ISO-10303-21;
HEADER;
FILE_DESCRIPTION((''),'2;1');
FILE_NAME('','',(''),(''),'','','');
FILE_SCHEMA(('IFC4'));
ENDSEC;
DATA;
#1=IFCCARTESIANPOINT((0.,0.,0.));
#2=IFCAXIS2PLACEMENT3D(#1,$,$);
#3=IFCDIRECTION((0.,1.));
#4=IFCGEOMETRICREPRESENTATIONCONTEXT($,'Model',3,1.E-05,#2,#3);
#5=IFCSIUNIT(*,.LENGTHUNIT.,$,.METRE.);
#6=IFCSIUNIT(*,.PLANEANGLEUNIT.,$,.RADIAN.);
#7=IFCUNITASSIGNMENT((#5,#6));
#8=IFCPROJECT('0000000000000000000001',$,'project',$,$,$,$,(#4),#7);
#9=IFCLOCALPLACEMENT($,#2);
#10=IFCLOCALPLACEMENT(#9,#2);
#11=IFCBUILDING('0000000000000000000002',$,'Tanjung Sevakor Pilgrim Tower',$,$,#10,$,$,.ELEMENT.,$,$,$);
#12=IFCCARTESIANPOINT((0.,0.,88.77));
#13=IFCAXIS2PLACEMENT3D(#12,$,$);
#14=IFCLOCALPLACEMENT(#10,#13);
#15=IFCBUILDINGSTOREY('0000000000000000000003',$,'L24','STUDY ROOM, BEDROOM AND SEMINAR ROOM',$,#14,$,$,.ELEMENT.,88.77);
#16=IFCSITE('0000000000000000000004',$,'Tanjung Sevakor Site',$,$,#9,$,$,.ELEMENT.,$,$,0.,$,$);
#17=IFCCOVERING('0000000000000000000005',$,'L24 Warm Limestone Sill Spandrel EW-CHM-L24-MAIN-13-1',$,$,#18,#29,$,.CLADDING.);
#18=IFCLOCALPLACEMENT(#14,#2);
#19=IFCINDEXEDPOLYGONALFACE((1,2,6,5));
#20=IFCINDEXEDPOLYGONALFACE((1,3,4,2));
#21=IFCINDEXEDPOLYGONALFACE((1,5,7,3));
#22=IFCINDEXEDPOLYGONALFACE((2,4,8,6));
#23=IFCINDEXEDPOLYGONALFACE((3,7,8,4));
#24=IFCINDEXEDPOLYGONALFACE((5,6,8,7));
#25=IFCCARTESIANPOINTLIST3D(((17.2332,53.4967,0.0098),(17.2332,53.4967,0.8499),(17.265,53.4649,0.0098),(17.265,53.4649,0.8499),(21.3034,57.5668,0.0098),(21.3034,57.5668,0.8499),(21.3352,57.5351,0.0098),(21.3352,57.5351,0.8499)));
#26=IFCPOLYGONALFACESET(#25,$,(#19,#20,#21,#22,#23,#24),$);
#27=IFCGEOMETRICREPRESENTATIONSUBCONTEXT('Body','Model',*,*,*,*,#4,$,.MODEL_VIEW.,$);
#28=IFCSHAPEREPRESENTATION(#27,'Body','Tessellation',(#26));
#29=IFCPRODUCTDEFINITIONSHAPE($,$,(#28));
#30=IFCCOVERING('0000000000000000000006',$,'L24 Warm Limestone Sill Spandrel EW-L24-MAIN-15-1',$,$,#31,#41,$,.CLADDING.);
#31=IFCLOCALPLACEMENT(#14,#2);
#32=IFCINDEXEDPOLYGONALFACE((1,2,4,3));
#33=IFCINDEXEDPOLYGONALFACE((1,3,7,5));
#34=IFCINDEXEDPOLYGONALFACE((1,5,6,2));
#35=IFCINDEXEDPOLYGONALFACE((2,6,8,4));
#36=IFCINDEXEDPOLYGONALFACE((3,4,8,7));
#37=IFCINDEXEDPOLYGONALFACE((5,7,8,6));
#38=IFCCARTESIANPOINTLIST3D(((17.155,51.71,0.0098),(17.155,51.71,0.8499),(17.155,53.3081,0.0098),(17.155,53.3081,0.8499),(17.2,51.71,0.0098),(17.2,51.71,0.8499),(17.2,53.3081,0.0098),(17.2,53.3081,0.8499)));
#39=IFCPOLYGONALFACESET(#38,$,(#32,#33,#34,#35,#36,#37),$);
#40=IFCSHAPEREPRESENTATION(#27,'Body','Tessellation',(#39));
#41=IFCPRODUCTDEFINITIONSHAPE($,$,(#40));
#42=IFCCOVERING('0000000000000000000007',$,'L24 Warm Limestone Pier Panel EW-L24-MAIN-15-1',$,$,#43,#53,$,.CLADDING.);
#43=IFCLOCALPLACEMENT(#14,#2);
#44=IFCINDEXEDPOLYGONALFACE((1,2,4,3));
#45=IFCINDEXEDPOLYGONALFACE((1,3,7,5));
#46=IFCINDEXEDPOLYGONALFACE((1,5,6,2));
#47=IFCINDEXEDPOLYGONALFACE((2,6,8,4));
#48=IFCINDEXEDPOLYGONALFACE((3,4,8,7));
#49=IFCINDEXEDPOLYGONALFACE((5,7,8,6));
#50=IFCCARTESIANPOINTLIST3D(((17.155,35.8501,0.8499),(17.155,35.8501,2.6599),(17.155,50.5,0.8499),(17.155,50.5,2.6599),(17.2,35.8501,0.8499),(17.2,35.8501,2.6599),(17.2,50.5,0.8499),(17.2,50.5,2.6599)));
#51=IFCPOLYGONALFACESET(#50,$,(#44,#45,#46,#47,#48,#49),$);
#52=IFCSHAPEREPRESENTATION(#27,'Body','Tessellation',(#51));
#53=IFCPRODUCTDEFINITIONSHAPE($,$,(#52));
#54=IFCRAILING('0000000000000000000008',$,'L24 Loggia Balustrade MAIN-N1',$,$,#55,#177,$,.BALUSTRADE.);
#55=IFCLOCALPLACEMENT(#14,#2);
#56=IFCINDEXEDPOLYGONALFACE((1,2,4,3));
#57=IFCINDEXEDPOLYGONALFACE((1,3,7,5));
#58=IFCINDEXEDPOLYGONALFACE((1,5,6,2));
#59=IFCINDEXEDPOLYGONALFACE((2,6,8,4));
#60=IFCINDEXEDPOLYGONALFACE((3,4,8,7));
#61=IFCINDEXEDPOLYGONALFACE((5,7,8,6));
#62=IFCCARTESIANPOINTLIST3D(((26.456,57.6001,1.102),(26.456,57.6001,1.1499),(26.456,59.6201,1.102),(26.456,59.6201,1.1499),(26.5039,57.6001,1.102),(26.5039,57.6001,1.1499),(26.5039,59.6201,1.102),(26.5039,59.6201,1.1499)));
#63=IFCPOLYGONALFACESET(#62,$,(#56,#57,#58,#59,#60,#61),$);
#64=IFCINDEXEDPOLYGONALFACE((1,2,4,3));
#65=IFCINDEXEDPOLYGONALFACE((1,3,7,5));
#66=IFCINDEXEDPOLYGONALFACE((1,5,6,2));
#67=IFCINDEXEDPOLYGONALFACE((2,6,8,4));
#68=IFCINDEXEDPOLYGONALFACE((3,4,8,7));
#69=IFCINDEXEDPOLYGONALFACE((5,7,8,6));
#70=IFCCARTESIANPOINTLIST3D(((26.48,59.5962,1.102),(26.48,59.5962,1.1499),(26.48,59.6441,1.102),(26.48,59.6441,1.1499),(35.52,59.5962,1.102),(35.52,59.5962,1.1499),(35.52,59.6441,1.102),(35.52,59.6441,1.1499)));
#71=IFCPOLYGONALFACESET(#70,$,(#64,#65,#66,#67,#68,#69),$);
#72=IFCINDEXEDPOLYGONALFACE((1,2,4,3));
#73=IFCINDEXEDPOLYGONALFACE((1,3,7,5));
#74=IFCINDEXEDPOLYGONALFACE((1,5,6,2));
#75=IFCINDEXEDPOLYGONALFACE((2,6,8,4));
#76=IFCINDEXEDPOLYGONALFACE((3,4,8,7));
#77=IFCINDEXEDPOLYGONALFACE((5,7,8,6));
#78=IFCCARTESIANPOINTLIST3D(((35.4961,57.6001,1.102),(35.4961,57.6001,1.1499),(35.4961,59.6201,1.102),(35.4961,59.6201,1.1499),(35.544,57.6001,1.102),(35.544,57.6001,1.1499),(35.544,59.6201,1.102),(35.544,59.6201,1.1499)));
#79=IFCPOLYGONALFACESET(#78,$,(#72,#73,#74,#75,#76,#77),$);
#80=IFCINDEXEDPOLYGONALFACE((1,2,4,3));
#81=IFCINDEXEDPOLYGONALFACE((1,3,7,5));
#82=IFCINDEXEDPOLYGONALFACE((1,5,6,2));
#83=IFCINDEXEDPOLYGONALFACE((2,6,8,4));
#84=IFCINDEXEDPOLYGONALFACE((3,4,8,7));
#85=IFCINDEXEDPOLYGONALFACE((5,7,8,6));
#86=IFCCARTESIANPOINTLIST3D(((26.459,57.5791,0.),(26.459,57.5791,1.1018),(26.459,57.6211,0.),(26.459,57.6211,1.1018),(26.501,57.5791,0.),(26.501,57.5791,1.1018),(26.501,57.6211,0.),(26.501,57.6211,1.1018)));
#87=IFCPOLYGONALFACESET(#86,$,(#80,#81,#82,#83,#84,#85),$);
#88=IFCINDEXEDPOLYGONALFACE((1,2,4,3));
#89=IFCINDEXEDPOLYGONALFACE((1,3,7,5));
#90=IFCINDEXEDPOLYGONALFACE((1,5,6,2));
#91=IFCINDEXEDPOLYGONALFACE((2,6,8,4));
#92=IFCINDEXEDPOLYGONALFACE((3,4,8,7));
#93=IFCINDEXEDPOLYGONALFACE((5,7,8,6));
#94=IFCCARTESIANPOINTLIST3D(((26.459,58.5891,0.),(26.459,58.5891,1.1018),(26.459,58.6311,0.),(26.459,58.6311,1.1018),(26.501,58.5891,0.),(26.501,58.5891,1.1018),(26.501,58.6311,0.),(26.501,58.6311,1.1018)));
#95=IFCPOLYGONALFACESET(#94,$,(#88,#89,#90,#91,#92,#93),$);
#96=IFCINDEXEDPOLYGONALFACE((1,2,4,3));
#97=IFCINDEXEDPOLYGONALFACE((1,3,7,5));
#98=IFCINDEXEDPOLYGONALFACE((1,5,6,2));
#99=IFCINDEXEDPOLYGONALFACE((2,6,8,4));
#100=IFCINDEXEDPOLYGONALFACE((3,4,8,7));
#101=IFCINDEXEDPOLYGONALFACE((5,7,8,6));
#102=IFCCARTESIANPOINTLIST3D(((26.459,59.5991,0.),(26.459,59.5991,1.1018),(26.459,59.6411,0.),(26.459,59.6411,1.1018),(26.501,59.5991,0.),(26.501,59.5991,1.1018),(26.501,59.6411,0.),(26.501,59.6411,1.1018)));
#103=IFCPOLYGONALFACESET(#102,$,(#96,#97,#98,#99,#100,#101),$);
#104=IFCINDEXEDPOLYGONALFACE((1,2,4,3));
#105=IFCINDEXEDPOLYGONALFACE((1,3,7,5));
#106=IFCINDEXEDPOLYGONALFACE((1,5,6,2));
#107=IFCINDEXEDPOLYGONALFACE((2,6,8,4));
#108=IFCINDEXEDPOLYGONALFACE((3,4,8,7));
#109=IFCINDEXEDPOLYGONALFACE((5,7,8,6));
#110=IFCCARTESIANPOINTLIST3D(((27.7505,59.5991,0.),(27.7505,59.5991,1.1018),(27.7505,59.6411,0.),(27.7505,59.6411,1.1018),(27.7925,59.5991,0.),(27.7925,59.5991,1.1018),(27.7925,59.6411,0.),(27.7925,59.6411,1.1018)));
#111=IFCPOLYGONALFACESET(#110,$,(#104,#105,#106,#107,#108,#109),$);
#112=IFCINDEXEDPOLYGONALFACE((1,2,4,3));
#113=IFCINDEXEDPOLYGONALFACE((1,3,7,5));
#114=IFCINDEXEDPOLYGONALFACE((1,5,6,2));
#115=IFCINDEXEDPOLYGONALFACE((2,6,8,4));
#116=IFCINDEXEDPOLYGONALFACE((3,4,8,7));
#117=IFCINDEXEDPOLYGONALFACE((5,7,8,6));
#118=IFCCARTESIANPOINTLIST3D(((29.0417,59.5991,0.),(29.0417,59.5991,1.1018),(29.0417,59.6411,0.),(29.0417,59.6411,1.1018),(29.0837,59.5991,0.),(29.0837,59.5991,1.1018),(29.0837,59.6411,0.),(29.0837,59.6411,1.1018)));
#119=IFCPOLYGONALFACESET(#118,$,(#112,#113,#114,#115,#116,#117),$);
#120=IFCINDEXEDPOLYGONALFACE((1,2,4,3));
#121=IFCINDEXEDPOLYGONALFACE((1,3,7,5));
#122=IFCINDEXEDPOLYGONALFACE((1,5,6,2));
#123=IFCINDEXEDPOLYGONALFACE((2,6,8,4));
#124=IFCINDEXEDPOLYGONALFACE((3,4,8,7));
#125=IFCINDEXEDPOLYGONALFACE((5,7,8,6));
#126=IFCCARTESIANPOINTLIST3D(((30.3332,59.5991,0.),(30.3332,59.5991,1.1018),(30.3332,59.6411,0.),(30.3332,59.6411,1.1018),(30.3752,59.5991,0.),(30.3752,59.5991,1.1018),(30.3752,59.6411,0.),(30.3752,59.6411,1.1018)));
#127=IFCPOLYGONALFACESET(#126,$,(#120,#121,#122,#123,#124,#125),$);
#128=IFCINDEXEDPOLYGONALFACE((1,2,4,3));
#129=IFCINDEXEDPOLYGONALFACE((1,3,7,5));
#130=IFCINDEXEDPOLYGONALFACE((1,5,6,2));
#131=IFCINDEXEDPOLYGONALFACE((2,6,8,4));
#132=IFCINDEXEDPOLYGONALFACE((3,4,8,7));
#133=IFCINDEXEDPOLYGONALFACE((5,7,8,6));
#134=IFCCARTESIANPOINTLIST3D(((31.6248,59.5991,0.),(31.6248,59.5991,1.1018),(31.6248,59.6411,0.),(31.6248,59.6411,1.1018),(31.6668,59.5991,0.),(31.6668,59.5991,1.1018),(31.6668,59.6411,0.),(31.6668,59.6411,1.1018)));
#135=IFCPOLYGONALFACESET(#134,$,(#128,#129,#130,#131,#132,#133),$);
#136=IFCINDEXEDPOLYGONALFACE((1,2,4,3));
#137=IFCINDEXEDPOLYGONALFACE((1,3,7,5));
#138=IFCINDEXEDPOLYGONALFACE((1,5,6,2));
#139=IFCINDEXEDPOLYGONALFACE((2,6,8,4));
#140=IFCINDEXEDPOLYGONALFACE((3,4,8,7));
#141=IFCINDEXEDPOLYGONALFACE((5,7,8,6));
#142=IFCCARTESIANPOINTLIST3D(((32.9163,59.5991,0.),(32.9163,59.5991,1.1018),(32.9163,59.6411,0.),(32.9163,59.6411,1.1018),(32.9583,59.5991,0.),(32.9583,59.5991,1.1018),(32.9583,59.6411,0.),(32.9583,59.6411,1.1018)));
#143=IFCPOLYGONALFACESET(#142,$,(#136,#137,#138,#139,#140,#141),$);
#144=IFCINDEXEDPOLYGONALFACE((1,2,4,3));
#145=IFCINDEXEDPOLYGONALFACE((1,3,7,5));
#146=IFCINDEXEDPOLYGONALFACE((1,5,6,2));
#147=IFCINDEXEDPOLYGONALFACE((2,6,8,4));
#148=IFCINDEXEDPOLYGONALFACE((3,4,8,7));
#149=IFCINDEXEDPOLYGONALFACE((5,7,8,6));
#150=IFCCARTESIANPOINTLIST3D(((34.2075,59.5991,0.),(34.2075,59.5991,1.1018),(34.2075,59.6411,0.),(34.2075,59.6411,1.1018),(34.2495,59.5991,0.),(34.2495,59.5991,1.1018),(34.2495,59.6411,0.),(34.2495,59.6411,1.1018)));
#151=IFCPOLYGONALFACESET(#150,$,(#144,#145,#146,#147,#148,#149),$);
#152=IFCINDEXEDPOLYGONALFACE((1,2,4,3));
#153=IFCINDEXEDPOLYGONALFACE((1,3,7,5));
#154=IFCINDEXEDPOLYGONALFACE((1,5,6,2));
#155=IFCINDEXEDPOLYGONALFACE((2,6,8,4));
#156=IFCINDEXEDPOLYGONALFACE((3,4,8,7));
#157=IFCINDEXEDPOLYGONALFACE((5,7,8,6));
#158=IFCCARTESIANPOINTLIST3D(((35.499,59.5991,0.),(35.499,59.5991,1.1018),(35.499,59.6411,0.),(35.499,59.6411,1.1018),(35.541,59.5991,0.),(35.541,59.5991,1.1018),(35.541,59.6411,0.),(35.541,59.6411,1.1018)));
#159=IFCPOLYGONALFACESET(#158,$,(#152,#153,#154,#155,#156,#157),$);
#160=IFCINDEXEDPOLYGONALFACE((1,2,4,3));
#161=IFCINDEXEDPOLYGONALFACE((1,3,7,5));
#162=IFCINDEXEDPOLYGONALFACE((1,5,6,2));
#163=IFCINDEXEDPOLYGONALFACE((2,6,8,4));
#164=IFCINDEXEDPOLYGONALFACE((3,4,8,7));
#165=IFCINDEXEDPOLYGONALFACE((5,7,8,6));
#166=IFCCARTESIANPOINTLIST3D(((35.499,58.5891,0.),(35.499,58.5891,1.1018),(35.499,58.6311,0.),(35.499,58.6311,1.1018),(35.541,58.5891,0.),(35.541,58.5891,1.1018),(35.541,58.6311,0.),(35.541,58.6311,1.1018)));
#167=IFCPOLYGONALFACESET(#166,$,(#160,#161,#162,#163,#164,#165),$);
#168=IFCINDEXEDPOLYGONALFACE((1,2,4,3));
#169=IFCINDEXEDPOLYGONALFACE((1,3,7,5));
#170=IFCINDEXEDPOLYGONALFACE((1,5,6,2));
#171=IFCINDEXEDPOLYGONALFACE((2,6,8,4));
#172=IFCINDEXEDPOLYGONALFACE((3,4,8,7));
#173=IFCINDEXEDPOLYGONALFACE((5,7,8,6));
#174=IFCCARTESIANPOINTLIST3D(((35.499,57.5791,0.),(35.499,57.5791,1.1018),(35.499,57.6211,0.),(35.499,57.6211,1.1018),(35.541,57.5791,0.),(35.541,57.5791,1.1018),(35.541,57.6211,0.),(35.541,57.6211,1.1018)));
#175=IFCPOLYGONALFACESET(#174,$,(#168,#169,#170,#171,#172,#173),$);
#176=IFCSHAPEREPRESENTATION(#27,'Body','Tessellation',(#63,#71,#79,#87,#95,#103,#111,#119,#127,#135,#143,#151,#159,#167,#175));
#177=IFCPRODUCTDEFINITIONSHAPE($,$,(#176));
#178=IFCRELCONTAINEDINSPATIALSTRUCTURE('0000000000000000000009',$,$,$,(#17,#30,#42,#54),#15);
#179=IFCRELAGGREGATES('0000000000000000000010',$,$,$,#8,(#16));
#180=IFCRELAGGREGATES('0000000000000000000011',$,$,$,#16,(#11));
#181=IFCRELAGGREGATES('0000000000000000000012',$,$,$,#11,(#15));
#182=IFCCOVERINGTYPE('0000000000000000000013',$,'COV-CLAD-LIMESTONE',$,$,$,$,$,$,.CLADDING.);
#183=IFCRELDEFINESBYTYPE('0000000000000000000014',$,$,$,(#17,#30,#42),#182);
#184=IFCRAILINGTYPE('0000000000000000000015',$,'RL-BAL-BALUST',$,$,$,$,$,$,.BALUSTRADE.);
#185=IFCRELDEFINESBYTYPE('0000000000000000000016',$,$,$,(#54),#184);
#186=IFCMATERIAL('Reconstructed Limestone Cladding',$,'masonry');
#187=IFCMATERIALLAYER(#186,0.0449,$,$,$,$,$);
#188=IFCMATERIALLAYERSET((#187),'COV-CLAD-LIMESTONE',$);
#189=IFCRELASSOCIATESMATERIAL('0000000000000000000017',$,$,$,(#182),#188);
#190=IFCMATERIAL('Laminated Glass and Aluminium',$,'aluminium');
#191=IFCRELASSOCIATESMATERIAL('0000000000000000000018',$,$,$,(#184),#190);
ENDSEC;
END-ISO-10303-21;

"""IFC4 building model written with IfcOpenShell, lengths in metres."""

from ifc_helpers import new_model, si_unit, direction, frame, origin, origin_2d, place, context, subcontext, project, spatial, rectangle, extrude, material, layer, layer_set, type_object, element, save


model = new_model("IFC4")

# Units and contexts
model_context = context("Model", 3, precision=1e-05, world=origin(), true_north=direction((0.0, 1.0)))
body_context = subcontext(model_context, "Body", "Model", "MODEL_VIEW")
ifc_project = project(units=[si_unit("LENGTHUNIT", "METRE"), si_unit("PLANEANGLEUNIT", "RADIAN")], contexts=[model_context])

# Site, building, storey
site_placement = place(None, origin())
site = spatial("IfcSite", under=ifc_project, at=site_placement, Name="Tanjung Sevakor Site", CompositionType="ELEMENT", RefElevation=0.0)
building_placement = place(site_placement, origin())
building = spatial("IfcBuilding", under=site, at=building_placement, Name="Tanjung Sevakor Pilgrim Tower", CompositionType="ELEMENT")
storey_placement = place(building_placement, frame((0.0, 0.0, 88.77)))
storey = spatial("IfcBuildingStorey", under=building, at=storey_placement, Name="L24", Description="STUDY ROOM, BEDROOM AND SEMINAR ROOM", CompositionType="ELEMENT", Elevation=88.77)

# Coverings
ifc_material_1 = material(Name="Reconstructed Limestone Cladding", Category="masonry")
ifc_layer_1 = layer(ifc_material_1, 0.0449)
ifc_layer_set_1 = layer_set([ifc_layer_1], Name="COV-CLAD-LIMESTONE")
covering_type = type_object("IfcCoveringType", Name="COV-CLAD-LIMESTONE", PredefinedType="CLADDING", material=ifc_layer_set_1)
covering_1_placement = place(storey_placement, frame((19.2842, 55.5159, 0.0098), z_axis=(0.0, 0.0, 1.0), x_axis=(-0.707107, -0.707107, 0.0)))
element("IfcCovering", 1, at=covering_1_placement, inside=storey, type_object=covering_type, Name="L24 Warm Limestone Sill Spandrel EW-CHM-L24-MAIN-13-1", PredefinedType="CLADDING", context=body_context, shape_type="SweptSolid", body=[
    extrude(rectangle(XDim=5.7561, YDim=0.0449, at=origin_2d()), origin(), (0.0, 0.0, 1.0), 0.8401),
])
covering_2_placement = place(storey_placement, frame((17.1775, 52.509, 0.0098), z_axis=(0.0, 0.0, 1.0), x_axis=(0.0, -1.0, 0.0)))
element("IfcCovering", 2, at=covering_2_placement, inside=storey, type_object=covering_type, Name="L24 Warm Limestone Sill Spandrel EW-L24-MAIN-15-1", PredefinedType="CLADDING", context=body_context, shape_type="SweptSolid", body=[
    extrude(rectangle(XDim=1.5981, YDim=0.0449, at=origin_2d()), origin(), (0.0, 0.0, 1.0), 0.8401),
])
covering_3_placement = place(storey_placement, frame((17.1775, 43.175, 0.8499), z_axis=(0.0, 0.0, 1.0), x_axis=(0.0, -1.0, 0.0)))
element("IfcCovering", 3, at=covering_3_placement, inside=storey, type_object=covering_type, Name="L24 Warm Limestone Pier Panel EW-L24-MAIN-15-1", PredefinedType="CLADDING", context=body_context, shape_type="SweptSolid", body=[
    extrude(rectangle(XDim=14.6499, YDim=0.0449, at=origin_2d()), origin(), (0.0, 0.0, 1.0), 1.8101),
])

# Railing
ifc_material_2 = material(Name="Laminated Glass and Aluminium", Category="aluminium")
railing_type = type_object("IfcRailingType", Name="RL-BAL-BALUST", PredefinedType="BALUSTRADE", material=ifc_material_2)
railing_1_placement = place(storey_placement, frame((26.48, 57.6001, 0.0)))
element("IfcRailing", 4, at=railing_1_placement, inside=storey, type_object=railing_type, Name="L24 Loggia Balustrade MAIN-N1", PredefinedType="BALUSTRADE", context=body_context, shape_type="SweptSolid", body=[
    extrude(rectangle(XDim=0.0479, YDim=0.0479), frame((0.0, 0.0, 1.126), z_axis=(0.0, 1.0, 0.0), x_axis=(-1.0, 0.0, 0.0)), (0.0, 0.0, 1.0), 2.02),
    extrude(rectangle(XDim=0.0479, YDim=0.0479), frame((0.0, 2.02, 1.126), z_axis=(1.0, 0.0, 0.0), x_axis=(0.0, 1.0, 0.0)), (0.0, 0.0, 1.0), 9.04),
    extrude(rectangle(XDim=0.0479, YDim=0.0479), frame((9.04, 2.02, 1.126), z_axis=(0.0, -1.0, 0.0), x_axis=(1.0, 0.0, 0.0)), (0.0, 0.0, 1.0), 2.02),
    extrude(rectangle(XDim=0.042, YDim=0.042), origin(), (0.0, 0.0, 1.0), 1.1018),
    extrude(rectangle(XDim=0.042, YDim=0.042), frame((0.0, 1.01, 0.0)), (0.0, 0.0, 1.0), 1.1018),
    extrude(rectangle(XDim=0.042, YDim=0.042), frame((0.0, 2.02, 0.0)), (0.0, 0.0, 1.0), 1.1018),
    extrude(rectangle(XDim=0.042, YDim=0.042), frame((1.2915, 2.02, 0.0)), (0.0, 0.0, 1.0), 1.1018),
    extrude(rectangle(XDim=0.042, YDim=0.042), frame((2.5828, 2.02, 0.0)), (0.0, 0.0, 1.0), 1.1018),
    extrude(rectangle(XDim=0.042, YDim=0.042), frame((3.8743, 2.02, 0.0)), (0.0, 0.0, 1.0), 1.1018),
    extrude(rectangle(XDim=0.042, YDim=0.042), frame((5.1658, 2.02, 0.0)), (0.0, 0.0, 1.0), 1.1018),
    extrude(rectangle(XDim=0.042, YDim=0.042), frame((6.4573, 2.02, 0.0)), (0.0, 0.0, 1.0), 1.1018),
    extrude(rectangle(XDim=0.042, YDim=0.042), frame((7.7485, 2.02, 0.0)), (0.0, 0.0, 1.0), 1.1018),
    extrude(rectangle(XDim=0.042, YDim=0.042), frame((9.04, 2.02, 0.0)), (0.0, 0.0, 1.0), 1.1018),
    extrude(rectangle(XDim=0.042, YDim=0.042), frame((9.04, 1.01, 0.0)), (0.0, 0.0, 1.0), 1.1018),
    extrude(rectangle(XDim=0.042, YDim=0.042), frame((9.04, 0.0, 0.0)), (0.0, 0.0, 1.0), 1.1018),
])

save(model, "model.ifc")
